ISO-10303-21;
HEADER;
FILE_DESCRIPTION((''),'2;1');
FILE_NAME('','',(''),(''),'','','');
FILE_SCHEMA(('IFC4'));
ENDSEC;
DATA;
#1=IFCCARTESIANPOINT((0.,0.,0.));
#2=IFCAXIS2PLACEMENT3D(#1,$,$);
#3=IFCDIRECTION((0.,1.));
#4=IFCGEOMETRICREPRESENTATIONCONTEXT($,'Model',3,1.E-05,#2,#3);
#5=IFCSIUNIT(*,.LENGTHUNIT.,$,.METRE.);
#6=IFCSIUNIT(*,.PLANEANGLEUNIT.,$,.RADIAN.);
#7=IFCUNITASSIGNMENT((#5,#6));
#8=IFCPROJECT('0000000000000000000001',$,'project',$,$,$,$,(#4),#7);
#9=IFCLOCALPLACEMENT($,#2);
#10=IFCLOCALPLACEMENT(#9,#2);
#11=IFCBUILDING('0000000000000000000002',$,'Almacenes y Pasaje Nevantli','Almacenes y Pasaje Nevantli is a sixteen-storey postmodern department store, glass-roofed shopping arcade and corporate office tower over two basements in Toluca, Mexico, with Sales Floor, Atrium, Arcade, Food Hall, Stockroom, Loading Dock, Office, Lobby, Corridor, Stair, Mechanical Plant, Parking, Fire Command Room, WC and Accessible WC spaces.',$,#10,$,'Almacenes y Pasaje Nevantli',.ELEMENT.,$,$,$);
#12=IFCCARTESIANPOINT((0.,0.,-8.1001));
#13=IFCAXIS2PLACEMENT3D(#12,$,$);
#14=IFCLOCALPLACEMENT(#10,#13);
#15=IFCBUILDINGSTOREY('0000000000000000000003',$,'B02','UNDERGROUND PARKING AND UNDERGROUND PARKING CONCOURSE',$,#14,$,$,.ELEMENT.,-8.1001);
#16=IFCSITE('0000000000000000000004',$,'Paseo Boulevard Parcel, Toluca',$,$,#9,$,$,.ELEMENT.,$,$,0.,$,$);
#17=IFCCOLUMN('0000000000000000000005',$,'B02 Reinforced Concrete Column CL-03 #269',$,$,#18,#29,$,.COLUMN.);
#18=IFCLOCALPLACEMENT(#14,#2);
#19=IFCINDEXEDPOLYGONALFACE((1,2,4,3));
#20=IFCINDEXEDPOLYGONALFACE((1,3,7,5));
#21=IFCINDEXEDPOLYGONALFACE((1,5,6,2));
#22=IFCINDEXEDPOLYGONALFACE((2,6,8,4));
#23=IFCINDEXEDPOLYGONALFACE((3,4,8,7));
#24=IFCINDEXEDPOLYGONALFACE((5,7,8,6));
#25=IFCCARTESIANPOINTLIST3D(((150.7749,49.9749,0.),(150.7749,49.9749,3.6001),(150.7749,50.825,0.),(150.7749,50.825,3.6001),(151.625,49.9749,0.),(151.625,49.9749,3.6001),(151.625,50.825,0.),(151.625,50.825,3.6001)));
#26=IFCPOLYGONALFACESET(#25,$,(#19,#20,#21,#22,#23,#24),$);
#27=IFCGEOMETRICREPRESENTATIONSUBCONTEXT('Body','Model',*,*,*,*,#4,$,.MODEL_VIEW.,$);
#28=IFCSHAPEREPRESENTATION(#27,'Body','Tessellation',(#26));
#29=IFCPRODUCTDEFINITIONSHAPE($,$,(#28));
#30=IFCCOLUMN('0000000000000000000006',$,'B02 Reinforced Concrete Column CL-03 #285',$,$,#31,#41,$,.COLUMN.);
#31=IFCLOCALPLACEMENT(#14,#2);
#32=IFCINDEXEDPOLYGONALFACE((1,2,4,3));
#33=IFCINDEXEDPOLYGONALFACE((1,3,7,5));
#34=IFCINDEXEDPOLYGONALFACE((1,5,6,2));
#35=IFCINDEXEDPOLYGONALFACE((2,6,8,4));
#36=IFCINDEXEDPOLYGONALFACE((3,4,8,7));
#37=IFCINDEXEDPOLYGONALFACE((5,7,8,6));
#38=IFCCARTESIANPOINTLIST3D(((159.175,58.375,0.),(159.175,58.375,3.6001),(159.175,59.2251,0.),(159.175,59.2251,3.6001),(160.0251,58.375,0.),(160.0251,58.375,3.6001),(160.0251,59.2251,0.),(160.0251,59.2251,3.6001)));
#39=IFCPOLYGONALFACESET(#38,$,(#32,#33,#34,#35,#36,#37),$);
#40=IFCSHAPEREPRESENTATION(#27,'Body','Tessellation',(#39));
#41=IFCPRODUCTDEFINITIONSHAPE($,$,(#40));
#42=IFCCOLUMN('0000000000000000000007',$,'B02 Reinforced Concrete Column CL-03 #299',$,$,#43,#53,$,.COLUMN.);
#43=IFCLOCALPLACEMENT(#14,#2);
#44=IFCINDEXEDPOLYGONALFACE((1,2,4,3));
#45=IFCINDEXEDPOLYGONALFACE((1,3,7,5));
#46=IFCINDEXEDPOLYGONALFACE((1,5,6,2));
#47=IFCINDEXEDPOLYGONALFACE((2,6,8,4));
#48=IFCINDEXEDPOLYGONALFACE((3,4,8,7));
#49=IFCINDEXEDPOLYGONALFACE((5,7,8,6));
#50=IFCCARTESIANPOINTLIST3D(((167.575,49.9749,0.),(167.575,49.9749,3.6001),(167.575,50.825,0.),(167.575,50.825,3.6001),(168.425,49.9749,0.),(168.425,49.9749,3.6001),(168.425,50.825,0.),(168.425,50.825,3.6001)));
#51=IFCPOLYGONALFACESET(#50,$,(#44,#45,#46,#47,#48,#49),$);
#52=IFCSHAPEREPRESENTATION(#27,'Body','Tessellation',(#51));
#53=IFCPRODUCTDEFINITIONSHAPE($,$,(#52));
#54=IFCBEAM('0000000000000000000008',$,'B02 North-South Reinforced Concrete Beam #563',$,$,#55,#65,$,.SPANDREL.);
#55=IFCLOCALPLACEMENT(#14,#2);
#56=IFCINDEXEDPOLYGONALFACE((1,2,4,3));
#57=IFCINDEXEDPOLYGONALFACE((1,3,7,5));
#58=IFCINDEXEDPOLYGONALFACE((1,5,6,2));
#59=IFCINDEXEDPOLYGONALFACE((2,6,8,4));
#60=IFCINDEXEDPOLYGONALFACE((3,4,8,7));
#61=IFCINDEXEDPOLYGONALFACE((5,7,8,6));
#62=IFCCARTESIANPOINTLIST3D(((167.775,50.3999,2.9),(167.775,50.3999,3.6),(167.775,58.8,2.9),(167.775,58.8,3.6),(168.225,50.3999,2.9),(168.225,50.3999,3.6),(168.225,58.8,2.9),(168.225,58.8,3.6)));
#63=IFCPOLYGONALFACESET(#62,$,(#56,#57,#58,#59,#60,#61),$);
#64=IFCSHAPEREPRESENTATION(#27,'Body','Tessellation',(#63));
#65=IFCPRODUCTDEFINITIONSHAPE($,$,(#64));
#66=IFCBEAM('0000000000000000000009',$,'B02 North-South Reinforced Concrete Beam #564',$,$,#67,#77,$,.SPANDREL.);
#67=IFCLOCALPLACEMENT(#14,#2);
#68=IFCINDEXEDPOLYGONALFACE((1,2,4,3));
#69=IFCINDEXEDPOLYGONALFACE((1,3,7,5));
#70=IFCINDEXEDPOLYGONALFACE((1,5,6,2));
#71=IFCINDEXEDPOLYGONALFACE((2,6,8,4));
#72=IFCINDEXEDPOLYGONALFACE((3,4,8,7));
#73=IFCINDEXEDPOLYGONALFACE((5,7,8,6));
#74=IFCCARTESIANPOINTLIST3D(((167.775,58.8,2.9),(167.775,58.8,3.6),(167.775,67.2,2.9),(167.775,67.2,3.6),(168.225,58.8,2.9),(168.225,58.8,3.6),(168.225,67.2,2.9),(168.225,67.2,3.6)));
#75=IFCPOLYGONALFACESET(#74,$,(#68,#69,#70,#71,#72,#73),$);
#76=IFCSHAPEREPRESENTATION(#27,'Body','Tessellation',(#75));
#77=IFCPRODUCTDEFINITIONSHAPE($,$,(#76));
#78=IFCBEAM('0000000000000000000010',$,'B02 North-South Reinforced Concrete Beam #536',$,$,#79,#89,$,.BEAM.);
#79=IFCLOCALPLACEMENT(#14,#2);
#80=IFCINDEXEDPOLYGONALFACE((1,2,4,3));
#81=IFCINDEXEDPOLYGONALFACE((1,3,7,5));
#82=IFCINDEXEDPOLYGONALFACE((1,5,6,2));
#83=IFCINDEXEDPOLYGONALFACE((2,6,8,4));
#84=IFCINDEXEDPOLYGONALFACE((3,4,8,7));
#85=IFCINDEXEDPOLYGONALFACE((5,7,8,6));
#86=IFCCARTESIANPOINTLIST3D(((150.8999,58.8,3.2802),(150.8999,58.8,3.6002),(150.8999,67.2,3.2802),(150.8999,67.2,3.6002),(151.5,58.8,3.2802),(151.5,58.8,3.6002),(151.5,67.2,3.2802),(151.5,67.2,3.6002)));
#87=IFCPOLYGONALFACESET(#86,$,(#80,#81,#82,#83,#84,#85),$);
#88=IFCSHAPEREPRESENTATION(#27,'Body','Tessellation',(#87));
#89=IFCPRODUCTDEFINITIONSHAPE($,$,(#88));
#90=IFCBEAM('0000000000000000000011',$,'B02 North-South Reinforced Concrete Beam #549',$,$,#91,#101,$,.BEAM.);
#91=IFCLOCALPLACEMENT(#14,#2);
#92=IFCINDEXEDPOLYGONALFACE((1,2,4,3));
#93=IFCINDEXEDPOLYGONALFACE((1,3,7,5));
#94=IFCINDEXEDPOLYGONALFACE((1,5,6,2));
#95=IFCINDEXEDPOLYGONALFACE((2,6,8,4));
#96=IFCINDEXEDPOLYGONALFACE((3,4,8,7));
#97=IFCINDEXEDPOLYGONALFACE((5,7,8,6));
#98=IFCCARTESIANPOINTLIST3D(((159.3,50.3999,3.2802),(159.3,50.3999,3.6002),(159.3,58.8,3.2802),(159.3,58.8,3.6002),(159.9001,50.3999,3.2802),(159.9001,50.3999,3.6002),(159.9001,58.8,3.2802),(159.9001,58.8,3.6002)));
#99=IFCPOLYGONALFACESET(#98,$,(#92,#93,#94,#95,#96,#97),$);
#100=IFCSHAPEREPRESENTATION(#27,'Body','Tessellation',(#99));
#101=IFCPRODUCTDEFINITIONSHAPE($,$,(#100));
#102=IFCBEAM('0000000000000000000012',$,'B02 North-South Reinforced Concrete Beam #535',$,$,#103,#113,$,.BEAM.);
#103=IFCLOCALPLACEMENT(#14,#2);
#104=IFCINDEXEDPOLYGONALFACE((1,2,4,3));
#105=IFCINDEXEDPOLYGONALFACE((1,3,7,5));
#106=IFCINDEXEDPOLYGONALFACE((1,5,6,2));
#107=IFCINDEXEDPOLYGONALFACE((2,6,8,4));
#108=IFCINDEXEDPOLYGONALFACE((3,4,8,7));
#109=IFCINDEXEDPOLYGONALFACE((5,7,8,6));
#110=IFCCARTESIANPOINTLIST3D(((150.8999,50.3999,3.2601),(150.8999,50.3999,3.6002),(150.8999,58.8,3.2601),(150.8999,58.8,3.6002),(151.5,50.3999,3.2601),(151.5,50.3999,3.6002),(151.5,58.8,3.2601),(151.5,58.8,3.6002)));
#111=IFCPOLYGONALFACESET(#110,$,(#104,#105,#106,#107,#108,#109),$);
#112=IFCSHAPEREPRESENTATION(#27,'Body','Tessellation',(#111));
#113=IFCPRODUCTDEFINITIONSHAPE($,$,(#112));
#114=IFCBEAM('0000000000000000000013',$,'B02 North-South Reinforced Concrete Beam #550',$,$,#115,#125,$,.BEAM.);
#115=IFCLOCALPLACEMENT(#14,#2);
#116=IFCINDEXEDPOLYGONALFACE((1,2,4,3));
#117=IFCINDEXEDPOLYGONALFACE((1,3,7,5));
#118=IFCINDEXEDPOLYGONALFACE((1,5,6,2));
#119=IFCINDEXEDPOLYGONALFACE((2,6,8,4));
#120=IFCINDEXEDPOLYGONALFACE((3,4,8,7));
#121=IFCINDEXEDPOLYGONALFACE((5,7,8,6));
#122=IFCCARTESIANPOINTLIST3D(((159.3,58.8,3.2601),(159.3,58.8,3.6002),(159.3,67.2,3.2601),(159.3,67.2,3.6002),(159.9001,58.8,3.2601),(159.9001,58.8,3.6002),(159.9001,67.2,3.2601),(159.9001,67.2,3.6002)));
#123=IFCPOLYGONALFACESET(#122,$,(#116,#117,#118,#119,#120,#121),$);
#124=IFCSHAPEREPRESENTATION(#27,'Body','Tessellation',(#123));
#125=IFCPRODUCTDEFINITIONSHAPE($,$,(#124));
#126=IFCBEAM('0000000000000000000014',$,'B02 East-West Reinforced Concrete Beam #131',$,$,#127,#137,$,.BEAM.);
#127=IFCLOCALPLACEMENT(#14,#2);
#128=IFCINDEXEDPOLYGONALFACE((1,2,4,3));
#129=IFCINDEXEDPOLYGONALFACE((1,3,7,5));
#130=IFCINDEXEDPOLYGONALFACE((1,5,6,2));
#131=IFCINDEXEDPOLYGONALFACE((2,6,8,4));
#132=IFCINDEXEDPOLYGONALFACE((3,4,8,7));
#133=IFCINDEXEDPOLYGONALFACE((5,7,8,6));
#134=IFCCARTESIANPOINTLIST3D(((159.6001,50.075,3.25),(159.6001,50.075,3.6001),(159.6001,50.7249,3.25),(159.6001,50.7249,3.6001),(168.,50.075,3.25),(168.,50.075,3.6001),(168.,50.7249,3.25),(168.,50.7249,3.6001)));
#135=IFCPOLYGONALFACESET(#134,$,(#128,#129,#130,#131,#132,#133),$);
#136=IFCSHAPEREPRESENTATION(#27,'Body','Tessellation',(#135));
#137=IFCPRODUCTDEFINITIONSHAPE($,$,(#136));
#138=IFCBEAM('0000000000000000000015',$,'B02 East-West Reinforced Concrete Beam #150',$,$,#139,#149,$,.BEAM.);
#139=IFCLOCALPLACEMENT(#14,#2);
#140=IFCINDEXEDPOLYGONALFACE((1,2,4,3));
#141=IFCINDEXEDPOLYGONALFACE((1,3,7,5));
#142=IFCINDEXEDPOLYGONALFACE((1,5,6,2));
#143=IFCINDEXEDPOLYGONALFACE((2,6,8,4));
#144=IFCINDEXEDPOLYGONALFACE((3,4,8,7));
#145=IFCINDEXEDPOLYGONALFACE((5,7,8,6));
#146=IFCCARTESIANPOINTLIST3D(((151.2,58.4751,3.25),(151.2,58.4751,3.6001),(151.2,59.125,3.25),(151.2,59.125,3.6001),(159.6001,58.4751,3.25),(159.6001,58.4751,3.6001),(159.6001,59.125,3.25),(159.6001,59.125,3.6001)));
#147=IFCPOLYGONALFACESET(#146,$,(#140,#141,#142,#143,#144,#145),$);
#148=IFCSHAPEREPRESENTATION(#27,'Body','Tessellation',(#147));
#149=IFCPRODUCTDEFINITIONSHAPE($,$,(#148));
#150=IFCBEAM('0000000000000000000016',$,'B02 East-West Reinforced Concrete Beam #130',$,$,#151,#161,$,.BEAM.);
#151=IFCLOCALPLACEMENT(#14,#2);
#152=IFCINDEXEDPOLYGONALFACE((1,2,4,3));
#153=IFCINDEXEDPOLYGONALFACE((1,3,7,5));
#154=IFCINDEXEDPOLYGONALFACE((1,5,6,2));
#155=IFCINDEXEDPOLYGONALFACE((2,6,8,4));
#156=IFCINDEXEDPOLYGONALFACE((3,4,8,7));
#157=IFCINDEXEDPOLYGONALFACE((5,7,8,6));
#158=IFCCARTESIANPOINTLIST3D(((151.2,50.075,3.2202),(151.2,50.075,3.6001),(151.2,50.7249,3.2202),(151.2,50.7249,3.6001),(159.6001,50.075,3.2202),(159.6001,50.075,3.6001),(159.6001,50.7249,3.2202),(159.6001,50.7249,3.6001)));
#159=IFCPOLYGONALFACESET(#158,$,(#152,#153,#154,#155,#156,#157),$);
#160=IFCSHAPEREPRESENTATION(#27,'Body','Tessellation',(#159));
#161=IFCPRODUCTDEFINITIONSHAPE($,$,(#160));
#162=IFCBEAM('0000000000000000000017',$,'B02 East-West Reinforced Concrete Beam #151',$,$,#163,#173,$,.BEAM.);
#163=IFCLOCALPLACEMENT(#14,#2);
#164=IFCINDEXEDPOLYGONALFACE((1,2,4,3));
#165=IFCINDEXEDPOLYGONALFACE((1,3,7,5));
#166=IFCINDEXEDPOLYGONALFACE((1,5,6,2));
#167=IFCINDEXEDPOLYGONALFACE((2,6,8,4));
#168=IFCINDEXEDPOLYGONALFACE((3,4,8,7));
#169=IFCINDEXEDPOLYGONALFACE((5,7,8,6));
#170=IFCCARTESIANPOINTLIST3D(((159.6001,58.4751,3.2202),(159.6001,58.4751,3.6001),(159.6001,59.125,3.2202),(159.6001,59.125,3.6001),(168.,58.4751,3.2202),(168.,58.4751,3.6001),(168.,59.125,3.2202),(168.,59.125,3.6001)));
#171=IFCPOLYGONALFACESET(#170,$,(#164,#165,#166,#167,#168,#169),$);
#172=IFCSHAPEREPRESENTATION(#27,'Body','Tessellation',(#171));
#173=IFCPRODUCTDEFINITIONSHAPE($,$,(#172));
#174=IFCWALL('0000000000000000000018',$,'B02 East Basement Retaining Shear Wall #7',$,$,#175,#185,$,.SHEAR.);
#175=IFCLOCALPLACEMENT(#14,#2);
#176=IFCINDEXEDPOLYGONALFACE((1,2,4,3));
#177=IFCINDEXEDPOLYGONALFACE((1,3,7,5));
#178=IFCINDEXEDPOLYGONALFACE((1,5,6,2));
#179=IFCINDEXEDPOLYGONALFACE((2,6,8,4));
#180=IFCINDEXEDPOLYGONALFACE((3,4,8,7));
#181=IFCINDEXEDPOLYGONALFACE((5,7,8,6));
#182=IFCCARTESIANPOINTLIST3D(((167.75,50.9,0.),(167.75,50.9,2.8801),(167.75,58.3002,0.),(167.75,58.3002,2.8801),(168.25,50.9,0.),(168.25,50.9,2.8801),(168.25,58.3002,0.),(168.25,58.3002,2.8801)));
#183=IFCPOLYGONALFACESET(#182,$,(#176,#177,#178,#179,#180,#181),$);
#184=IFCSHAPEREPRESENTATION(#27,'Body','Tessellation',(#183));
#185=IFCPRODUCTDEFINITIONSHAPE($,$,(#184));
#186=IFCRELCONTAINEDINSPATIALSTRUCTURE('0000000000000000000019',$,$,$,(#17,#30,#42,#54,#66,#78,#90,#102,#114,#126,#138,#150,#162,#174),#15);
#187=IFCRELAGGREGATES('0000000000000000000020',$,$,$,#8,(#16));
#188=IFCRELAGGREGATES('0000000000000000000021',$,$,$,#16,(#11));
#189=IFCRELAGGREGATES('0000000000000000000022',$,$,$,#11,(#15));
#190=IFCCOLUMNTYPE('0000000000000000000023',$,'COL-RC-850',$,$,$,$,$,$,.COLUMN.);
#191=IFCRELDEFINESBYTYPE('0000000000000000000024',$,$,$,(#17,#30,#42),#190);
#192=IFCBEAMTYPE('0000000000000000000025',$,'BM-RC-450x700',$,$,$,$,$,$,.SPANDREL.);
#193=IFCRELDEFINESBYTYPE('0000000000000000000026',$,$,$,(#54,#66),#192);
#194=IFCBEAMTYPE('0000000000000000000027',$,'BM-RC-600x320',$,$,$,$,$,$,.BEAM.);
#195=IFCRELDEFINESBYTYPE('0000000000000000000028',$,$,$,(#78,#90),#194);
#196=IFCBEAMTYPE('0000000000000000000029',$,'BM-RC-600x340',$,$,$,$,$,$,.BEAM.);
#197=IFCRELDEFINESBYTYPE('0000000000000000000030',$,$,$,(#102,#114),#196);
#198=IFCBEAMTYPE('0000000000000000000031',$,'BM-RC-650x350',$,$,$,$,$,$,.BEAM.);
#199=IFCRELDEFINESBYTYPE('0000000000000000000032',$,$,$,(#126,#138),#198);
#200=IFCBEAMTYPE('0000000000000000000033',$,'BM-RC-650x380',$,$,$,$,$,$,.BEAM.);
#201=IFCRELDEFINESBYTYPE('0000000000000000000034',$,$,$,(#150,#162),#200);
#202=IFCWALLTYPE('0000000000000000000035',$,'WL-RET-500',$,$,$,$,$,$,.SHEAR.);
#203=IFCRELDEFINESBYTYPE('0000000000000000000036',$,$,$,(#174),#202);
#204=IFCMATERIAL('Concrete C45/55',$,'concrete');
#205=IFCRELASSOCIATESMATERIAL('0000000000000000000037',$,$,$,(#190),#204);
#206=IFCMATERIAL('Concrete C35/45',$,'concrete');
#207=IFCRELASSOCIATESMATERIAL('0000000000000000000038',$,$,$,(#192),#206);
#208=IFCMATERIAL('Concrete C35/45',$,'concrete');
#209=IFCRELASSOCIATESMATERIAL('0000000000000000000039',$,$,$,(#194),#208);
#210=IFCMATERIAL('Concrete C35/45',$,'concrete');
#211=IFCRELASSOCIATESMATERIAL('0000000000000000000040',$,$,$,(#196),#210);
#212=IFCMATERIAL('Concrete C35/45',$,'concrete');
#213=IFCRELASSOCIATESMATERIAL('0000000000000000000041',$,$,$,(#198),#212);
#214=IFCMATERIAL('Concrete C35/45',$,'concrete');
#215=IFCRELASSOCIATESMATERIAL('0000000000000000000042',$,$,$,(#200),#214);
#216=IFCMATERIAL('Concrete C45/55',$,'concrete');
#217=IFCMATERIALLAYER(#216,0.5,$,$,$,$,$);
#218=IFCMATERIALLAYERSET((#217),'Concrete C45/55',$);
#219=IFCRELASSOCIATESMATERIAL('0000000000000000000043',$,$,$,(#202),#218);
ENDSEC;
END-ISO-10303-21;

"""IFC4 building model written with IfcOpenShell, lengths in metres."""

from ifc_helpers import new_model, si_unit, direction, frame, frame_2d, origin, origin_2d, place, context, subcontext, project, spatial, rectangle, extrude, material, layer, layer_set, material_profile, profile_set, type_object, element, save


model = new_model("IFC4")

# Units and contexts
model_context = context("Model", 3, precision=1e-05, world=origin(), true_north=direction((0.0, 1.0)))
body_context = subcontext(model_context, "Body", "Model", "MODEL_VIEW")
ifc_project = project(units=[si_unit("LENGTHUNIT", "METRE"), si_unit("PLANEANGLEUNIT", "RADIAN")], contexts=[model_context])

# Site, building, storey
site_placement = place(None, origin())
site = spatial("IfcSite", under=ifc_project, at=site_placement, Name="Paseo Boulevard Parcel, Toluca", CompositionType="ELEMENT", RefElevation=0.0)
building_placement = place(site_placement, origin())
building = spatial("IfcBuilding", under=site, at=building_placement, Name="Almacenes y Pasaje Nevantli", Description="Almacenes y Pasaje Nevantli is a sixteen-storey postmodern department store, glass-roofed shopping arcade and corporate office tower over two basements in Toluca, Mexico, with Sales Floor, Atrium, Arcade, Food Hall, Stockroom, Loading Dock, Office, Lobby, Corridor, Stair, Mechanical Plant, Parking, Fire Command Room, WC and Accessible WC spaces.", LongName="Almacenes y Pasaje Nevantli", CompositionType="ELEMENT")
storey_placement = place(building_placement, frame((0.0, 0.0, -8.1001)))
storey = spatial("IfcBuildingStorey", under=building, at=storey_placement, Name="B02", Description="UNDERGROUND PARKING AND UNDERGROUND PARKING CONCOURSE", CompositionType="ELEMENT", Elevation=-8.1001)

# Columns
ifc_material_1 = material(Name="Concrete C45/55", Category="concrete")
ifc_material_profile_1 = material_profile(ifc_material_1, rectangle(XDim=0.8501, YDim=0.8501, at=origin_2d()), Name="RC-COL-850x850")
ifc_profile_set_1 = profile_set([ifc_material_profile_1], Name="Concrete C45/55")
column_type_1 = type_object("IfcColumnType", Name="COL-RC-850", PredefinedType="COLUMN", material=ifc_profile_set_1)
for number, where, z_axis, x_axis, name in (
    (1, (151.2, 50.3999, 0.0), (0.0, 0.0, 1.0), (1.0, 0.0, 0.0), "B02 Reinforced Concrete Column CL-03 #269"),
    (2, (159.6001, 58.8, 0.0), (0.0, 0.0, 1.0), (1.0, 0.0, 0.0), "B02 Reinforced Concrete Column CL-03 #285"),
    (3, (168.0, 50.3999, 0.0), (0.0, 0.0, 1.0), (1.0, 0.0, 0.0), "B02 Reinforced Concrete Column CL-03 #299"),
):
    element("IfcColumn", number, at=place(storey_placement, frame(where, z_axis=z_axis, x_axis=x_axis)), inside=storey, type_object=column_type_1, Name=name, PredefinedType="COLUMN", context=body_context, shape_type="SweptSolid", body=[
        extrude(rectangle(XDim=0.8501, YDim=0.8501, at=origin_2d()), origin(), (0.0, 0.0, 1.0), 3.6001),
    ])

# Beams
ifc_material_2 = material(Name="Concrete C35/45", Category="concrete")
ifc_material_profile_2 = material_profile(ifc_material_2, rectangle(XDim=0.45, YDim=0.7, at=origin_2d()), Name="RC-BM-450x700")
ifc_profile_set_2 = profile_set([ifc_material_profile_2], Name="Concrete C35/45")
beam_type_1 = type_object("IfcBeamType", Name="BM-RC-450x700", PredefinedType="SPANDREL", material=ifc_profile_set_2)
beam_1_placement = place(storey_placement, frame((168.0, 50.3999, 3.25), z_axis=(0.0, 1.0, 0.0), x_axis=(-1.0, 0.0, 0.0)))
element("IfcBeam", 4, at=beam_1_placement, inside=storey, type_object=beam_type_1, Name="B02 North-South Reinforced Concrete Beam #563", PredefinedType="SPANDREL", context=body_context, shape_type="SweptSolid", body=[
    extrude(rectangle(XDim=0.45, YDim=0.7, at=origin_2d()), origin(), (0.0, 0.0, 1.0), 8.4001),
])
beam_2_placement = place(storey_placement, frame((168.0, 58.8, 3.25), z_axis=(0.0, 1.0, 0.0), x_axis=(-1.0, 0.0, 0.0)))
element("IfcBeam", 5, at=beam_2_placement, inside=storey, type_object=beam_type_1, Name="B02 North-South Reinforced Concrete Beam #564", PredefinedType="SPANDREL", context=body_context, shape_type="SweptSolid", body=[
    extrude(rectangle(XDim=0.45, YDim=0.7, at=origin_2d()), origin(), (0.0, 0.0, 1.0), 8.3999),
])
ifc_material_3 = material(Name="Concrete C35/45", Category="concrete")
ifc_material_profile_3 = material_profile(ifc_material_3, rectangle(XDim=0.6001, YDim=0.3201, at=origin_2d()), Name="RC-BM-600x320")
ifc_profile_set_3 = profile_set([ifc_material_profile_3], Name="Concrete C35/45")
beam_type_2 = type_object("IfcBeamType", Name="BM-RC-600x320", PredefinedType="BEAM", material=ifc_profile_set_3)
beam_3_placement = place(storey_placement, frame((151.2, 58.8, 3.4402), z_axis=(0.0, 1.0, 0.0), x_axis=(-1.0, 0.0, 0.0)))
element("IfcBeam", 6, at=beam_3_placement, inside=storey, type_object=beam_type_2, Name="B02 North-South Reinforced Concrete Beam #536", PredefinedType="BEAM", context=body_context, shape_type="SweptSolid", body=[
    extrude(rectangle(XDim=0.6001, YDim=0.3201, at=origin_2d()), origin(), (0.0, 0.0, 1.0), 8.3999),
])
beam_4_placement = place(storey_placement, frame((159.6001, 50.3999, 3.4402), z_axis=(0.0, 1.0, 0.0), x_axis=(-1.0, 0.0, 0.0)))
element("IfcBeam", 7, at=beam_4_placement, inside=storey, type_object=beam_type_2, Name="B02 North-South Reinforced Concrete Beam #549", PredefinedType="BEAM", context=body_context, shape_type="SweptSolid", body=[
    extrude(rectangle(XDim=0.6001, YDim=0.3201, at=origin_2d()), origin(), (0.0, 0.0, 1.0), 8.4001),
])
ifc_material_4 = material(Name="Concrete C35/45", Category="concrete")
ifc_material_profile_4 = material_profile(ifc_material_4, rectangle(XDim=0.6001, YDim=0.3401, at=origin_2d()), Name="RC-BM-600x340")
ifc_profile_set_4 = profile_set([ifc_material_profile_4], Name="Concrete C35/45")
beam_type_3 = type_object("IfcBeamType", Name="BM-RC-600x340", PredefinedType="BEAM", material=ifc_profile_set_4)
beam_5_placement = place(storey_placement, frame((151.2, 50.3999, 3.4302), z_axis=(0.0, 1.0, 0.0), x_axis=(-1.0, 0.0, 0.0)))
element("IfcBeam", 8, at=beam_5_placement, inside=storey, type_object=beam_type_3, Name="B02 North-South Reinforced Concrete Beam #535", PredefinedType="BEAM", context=body_context, shape_type="SweptSolid", body=[
    extrude(rectangle(XDim=0.6001, YDim=0.3401, at=origin_2d()), origin(), (0.0, 0.0, 1.0), 8.4001),
])
beam_6_placement = place(storey_placement, frame((159.6001, 58.8, 3.4302), z_axis=(0.0, 1.0, 0.0), x_axis=(-1.0, 0.0, 0.0)))
element("IfcBeam", 9, at=beam_6_placement, inside=storey, type_object=beam_type_3, Name="B02 North-South Reinforced Concrete Beam #550", PredefinedType="BEAM", context=body_context, shape_type="SweptSolid", body=[
    extrude(rectangle(XDim=0.6001, YDim=0.3401, at=origin_2d()), origin(), (0.0, 0.0, 1.0), 8.3999),
])
ifc_material_5 = material(Name="Concrete C35/45", Category="concrete")
ifc_material_profile_5 = material_profile(ifc_material_5, rectangle(XDim=0.6499, YDim=0.3501, at=origin_2d()), Name="RC-BM-650x350")
ifc_profile_set_5 = profile_set([ifc_material_profile_5], Name="Concrete C35/45")
beam_type_4 = type_object("IfcBeamType", Name="BM-RC-650x350", PredefinedType="BEAM", material=ifc_profile_set_5)
beam_7_placement = place(storey_placement, frame((159.6001, 50.3999, 3.425), z_axis=(1.0, 0.0, 0.0), x_axis=(0.0, 1.0, 0.0)))
element("IfcBeam", 10, at=beam_7_placement, inside=storey, type_object=beam_type_4, Name="B02 East-West Reinforced Concrete Beam #131", PredefinedType="BEAM", context=body_context, shape_type="SweptSolid", body=[
    extrude(rectangle(XDim=0.6499, YDim=0.3501, at=origin_2d()), origin(), (0.0, 0.0, 1.0), 8.3999),
])
beam_8_placement = place(storey_placement, frame((151.2, 58.8, 3.425), z_axis=(1.0, 0.0, 0.0), x_axis=(0.0, 1.0, 0.0)))
element("IfcBeam", 11, at=beam_8_placement, inside=storey, type_object=beam_type_4, Name="B02 East-West Reinforced Concrete Beam #150", PredefinedType="BEAM", context=body_context, shape_type="SweptSolid", body=[
    extrude(rectangle(XDim=0.6499, YDim=0.3501, at=origin_2d()), origin(), (0.0, 0.0, 1.0), 8.4001),
])
ifc_material_6 = material(Name="Concrete C35/45", Category="concrete")
ifc_material_profile_6 = material_profile(ifc_material_6, rectangle(XDim=0.6499, YDim=0.3799, at=origin_2d()), Name="RC-BM-650x380")
ifc_profile_set_6 = profile_set([ifc_material_profile_6], Name="Concrete C35/45")
beam_type_5 = type_object("IfcBeamType", Name="BM-RC-650x380", PredefinedType="BEAM", material=ifc_profile_set_6)
beam_9_placement = place(storey_placement, frame((151.2, 50.3999, 3.4102), z_axis=(1.0, 0.0, 0.0), x_axis=(0.0, 1.0, 0.0)))
element("IfcBeam", 12, at=beam_9_placement, inside=storey, type_object=beam_type_5, Name="B02 East-West Reinforced Concrete Beam #130", PredefinedType="BEAM", context=body_context, shape_type="SweptSolid", body=[
    extrude(rectangle(XDim=0.6499, YDim=0.3799, at=origin_2d()), origin(), (0.0, 0.0, 1.0), 8.4001),
])
beam_10_placement = place(storey_placement, frame((159.6001, 58.8, 3.4102), z_axis=(1.0, 0.0, 0.0), x_axis=(0.0, 1.0, 0.0)))
element("IfcBeam", 13, at=beam_10_placement, inside=storey, type_object=beam_type_5, Name="B02 East-West Reinforced Concrete Beam #151", PredefinedType="BEAM", context=body_context, shape_type="SweptSolid", body=[
    extrude(rectangle(XDim=0.6499, YDim=0.3799, at=origin_2d()), origin(), (0.0, 0.0, 1.0), 8.3999),
])

# Wall
ifc_material_7 = material(Name="Concrete C45/55", Category="concrete")
ifc_layer_1 = layer(ifc_material_7, 0.5)
ifc_layer_set_1 = layer_set([ifc_layer_1], Name="Concrete C45/55")
wall_type = type_object("IfcWallType", Name="WL-RET-500", PredefinedType="SHEAR", material=ifc_layer_set_1)
wall_1_placement = place(storey_placement, frame((168.0, 50.8999, 0.0), z_axis=(0.0, 0.0, 1.0), x_axis=(0.0, 1.0, 0.0)))
element("IfcWall", 14, at=wall_1_placement, inside=storey, type_object=wall_type, Name="B02 East Basement Retaining Shear Wall #7", PredefinedType="SHEAR", context=body_context, shape_type="SweptSolid", body=[
    extrude(rectangle(XDim=7.4001, YDim=0.5, at=frame_2d((3.7002, 0.0))), origin(), (0.0, 0.0, 1.0), 2.8801),
])

save(model, "model.ifc")
